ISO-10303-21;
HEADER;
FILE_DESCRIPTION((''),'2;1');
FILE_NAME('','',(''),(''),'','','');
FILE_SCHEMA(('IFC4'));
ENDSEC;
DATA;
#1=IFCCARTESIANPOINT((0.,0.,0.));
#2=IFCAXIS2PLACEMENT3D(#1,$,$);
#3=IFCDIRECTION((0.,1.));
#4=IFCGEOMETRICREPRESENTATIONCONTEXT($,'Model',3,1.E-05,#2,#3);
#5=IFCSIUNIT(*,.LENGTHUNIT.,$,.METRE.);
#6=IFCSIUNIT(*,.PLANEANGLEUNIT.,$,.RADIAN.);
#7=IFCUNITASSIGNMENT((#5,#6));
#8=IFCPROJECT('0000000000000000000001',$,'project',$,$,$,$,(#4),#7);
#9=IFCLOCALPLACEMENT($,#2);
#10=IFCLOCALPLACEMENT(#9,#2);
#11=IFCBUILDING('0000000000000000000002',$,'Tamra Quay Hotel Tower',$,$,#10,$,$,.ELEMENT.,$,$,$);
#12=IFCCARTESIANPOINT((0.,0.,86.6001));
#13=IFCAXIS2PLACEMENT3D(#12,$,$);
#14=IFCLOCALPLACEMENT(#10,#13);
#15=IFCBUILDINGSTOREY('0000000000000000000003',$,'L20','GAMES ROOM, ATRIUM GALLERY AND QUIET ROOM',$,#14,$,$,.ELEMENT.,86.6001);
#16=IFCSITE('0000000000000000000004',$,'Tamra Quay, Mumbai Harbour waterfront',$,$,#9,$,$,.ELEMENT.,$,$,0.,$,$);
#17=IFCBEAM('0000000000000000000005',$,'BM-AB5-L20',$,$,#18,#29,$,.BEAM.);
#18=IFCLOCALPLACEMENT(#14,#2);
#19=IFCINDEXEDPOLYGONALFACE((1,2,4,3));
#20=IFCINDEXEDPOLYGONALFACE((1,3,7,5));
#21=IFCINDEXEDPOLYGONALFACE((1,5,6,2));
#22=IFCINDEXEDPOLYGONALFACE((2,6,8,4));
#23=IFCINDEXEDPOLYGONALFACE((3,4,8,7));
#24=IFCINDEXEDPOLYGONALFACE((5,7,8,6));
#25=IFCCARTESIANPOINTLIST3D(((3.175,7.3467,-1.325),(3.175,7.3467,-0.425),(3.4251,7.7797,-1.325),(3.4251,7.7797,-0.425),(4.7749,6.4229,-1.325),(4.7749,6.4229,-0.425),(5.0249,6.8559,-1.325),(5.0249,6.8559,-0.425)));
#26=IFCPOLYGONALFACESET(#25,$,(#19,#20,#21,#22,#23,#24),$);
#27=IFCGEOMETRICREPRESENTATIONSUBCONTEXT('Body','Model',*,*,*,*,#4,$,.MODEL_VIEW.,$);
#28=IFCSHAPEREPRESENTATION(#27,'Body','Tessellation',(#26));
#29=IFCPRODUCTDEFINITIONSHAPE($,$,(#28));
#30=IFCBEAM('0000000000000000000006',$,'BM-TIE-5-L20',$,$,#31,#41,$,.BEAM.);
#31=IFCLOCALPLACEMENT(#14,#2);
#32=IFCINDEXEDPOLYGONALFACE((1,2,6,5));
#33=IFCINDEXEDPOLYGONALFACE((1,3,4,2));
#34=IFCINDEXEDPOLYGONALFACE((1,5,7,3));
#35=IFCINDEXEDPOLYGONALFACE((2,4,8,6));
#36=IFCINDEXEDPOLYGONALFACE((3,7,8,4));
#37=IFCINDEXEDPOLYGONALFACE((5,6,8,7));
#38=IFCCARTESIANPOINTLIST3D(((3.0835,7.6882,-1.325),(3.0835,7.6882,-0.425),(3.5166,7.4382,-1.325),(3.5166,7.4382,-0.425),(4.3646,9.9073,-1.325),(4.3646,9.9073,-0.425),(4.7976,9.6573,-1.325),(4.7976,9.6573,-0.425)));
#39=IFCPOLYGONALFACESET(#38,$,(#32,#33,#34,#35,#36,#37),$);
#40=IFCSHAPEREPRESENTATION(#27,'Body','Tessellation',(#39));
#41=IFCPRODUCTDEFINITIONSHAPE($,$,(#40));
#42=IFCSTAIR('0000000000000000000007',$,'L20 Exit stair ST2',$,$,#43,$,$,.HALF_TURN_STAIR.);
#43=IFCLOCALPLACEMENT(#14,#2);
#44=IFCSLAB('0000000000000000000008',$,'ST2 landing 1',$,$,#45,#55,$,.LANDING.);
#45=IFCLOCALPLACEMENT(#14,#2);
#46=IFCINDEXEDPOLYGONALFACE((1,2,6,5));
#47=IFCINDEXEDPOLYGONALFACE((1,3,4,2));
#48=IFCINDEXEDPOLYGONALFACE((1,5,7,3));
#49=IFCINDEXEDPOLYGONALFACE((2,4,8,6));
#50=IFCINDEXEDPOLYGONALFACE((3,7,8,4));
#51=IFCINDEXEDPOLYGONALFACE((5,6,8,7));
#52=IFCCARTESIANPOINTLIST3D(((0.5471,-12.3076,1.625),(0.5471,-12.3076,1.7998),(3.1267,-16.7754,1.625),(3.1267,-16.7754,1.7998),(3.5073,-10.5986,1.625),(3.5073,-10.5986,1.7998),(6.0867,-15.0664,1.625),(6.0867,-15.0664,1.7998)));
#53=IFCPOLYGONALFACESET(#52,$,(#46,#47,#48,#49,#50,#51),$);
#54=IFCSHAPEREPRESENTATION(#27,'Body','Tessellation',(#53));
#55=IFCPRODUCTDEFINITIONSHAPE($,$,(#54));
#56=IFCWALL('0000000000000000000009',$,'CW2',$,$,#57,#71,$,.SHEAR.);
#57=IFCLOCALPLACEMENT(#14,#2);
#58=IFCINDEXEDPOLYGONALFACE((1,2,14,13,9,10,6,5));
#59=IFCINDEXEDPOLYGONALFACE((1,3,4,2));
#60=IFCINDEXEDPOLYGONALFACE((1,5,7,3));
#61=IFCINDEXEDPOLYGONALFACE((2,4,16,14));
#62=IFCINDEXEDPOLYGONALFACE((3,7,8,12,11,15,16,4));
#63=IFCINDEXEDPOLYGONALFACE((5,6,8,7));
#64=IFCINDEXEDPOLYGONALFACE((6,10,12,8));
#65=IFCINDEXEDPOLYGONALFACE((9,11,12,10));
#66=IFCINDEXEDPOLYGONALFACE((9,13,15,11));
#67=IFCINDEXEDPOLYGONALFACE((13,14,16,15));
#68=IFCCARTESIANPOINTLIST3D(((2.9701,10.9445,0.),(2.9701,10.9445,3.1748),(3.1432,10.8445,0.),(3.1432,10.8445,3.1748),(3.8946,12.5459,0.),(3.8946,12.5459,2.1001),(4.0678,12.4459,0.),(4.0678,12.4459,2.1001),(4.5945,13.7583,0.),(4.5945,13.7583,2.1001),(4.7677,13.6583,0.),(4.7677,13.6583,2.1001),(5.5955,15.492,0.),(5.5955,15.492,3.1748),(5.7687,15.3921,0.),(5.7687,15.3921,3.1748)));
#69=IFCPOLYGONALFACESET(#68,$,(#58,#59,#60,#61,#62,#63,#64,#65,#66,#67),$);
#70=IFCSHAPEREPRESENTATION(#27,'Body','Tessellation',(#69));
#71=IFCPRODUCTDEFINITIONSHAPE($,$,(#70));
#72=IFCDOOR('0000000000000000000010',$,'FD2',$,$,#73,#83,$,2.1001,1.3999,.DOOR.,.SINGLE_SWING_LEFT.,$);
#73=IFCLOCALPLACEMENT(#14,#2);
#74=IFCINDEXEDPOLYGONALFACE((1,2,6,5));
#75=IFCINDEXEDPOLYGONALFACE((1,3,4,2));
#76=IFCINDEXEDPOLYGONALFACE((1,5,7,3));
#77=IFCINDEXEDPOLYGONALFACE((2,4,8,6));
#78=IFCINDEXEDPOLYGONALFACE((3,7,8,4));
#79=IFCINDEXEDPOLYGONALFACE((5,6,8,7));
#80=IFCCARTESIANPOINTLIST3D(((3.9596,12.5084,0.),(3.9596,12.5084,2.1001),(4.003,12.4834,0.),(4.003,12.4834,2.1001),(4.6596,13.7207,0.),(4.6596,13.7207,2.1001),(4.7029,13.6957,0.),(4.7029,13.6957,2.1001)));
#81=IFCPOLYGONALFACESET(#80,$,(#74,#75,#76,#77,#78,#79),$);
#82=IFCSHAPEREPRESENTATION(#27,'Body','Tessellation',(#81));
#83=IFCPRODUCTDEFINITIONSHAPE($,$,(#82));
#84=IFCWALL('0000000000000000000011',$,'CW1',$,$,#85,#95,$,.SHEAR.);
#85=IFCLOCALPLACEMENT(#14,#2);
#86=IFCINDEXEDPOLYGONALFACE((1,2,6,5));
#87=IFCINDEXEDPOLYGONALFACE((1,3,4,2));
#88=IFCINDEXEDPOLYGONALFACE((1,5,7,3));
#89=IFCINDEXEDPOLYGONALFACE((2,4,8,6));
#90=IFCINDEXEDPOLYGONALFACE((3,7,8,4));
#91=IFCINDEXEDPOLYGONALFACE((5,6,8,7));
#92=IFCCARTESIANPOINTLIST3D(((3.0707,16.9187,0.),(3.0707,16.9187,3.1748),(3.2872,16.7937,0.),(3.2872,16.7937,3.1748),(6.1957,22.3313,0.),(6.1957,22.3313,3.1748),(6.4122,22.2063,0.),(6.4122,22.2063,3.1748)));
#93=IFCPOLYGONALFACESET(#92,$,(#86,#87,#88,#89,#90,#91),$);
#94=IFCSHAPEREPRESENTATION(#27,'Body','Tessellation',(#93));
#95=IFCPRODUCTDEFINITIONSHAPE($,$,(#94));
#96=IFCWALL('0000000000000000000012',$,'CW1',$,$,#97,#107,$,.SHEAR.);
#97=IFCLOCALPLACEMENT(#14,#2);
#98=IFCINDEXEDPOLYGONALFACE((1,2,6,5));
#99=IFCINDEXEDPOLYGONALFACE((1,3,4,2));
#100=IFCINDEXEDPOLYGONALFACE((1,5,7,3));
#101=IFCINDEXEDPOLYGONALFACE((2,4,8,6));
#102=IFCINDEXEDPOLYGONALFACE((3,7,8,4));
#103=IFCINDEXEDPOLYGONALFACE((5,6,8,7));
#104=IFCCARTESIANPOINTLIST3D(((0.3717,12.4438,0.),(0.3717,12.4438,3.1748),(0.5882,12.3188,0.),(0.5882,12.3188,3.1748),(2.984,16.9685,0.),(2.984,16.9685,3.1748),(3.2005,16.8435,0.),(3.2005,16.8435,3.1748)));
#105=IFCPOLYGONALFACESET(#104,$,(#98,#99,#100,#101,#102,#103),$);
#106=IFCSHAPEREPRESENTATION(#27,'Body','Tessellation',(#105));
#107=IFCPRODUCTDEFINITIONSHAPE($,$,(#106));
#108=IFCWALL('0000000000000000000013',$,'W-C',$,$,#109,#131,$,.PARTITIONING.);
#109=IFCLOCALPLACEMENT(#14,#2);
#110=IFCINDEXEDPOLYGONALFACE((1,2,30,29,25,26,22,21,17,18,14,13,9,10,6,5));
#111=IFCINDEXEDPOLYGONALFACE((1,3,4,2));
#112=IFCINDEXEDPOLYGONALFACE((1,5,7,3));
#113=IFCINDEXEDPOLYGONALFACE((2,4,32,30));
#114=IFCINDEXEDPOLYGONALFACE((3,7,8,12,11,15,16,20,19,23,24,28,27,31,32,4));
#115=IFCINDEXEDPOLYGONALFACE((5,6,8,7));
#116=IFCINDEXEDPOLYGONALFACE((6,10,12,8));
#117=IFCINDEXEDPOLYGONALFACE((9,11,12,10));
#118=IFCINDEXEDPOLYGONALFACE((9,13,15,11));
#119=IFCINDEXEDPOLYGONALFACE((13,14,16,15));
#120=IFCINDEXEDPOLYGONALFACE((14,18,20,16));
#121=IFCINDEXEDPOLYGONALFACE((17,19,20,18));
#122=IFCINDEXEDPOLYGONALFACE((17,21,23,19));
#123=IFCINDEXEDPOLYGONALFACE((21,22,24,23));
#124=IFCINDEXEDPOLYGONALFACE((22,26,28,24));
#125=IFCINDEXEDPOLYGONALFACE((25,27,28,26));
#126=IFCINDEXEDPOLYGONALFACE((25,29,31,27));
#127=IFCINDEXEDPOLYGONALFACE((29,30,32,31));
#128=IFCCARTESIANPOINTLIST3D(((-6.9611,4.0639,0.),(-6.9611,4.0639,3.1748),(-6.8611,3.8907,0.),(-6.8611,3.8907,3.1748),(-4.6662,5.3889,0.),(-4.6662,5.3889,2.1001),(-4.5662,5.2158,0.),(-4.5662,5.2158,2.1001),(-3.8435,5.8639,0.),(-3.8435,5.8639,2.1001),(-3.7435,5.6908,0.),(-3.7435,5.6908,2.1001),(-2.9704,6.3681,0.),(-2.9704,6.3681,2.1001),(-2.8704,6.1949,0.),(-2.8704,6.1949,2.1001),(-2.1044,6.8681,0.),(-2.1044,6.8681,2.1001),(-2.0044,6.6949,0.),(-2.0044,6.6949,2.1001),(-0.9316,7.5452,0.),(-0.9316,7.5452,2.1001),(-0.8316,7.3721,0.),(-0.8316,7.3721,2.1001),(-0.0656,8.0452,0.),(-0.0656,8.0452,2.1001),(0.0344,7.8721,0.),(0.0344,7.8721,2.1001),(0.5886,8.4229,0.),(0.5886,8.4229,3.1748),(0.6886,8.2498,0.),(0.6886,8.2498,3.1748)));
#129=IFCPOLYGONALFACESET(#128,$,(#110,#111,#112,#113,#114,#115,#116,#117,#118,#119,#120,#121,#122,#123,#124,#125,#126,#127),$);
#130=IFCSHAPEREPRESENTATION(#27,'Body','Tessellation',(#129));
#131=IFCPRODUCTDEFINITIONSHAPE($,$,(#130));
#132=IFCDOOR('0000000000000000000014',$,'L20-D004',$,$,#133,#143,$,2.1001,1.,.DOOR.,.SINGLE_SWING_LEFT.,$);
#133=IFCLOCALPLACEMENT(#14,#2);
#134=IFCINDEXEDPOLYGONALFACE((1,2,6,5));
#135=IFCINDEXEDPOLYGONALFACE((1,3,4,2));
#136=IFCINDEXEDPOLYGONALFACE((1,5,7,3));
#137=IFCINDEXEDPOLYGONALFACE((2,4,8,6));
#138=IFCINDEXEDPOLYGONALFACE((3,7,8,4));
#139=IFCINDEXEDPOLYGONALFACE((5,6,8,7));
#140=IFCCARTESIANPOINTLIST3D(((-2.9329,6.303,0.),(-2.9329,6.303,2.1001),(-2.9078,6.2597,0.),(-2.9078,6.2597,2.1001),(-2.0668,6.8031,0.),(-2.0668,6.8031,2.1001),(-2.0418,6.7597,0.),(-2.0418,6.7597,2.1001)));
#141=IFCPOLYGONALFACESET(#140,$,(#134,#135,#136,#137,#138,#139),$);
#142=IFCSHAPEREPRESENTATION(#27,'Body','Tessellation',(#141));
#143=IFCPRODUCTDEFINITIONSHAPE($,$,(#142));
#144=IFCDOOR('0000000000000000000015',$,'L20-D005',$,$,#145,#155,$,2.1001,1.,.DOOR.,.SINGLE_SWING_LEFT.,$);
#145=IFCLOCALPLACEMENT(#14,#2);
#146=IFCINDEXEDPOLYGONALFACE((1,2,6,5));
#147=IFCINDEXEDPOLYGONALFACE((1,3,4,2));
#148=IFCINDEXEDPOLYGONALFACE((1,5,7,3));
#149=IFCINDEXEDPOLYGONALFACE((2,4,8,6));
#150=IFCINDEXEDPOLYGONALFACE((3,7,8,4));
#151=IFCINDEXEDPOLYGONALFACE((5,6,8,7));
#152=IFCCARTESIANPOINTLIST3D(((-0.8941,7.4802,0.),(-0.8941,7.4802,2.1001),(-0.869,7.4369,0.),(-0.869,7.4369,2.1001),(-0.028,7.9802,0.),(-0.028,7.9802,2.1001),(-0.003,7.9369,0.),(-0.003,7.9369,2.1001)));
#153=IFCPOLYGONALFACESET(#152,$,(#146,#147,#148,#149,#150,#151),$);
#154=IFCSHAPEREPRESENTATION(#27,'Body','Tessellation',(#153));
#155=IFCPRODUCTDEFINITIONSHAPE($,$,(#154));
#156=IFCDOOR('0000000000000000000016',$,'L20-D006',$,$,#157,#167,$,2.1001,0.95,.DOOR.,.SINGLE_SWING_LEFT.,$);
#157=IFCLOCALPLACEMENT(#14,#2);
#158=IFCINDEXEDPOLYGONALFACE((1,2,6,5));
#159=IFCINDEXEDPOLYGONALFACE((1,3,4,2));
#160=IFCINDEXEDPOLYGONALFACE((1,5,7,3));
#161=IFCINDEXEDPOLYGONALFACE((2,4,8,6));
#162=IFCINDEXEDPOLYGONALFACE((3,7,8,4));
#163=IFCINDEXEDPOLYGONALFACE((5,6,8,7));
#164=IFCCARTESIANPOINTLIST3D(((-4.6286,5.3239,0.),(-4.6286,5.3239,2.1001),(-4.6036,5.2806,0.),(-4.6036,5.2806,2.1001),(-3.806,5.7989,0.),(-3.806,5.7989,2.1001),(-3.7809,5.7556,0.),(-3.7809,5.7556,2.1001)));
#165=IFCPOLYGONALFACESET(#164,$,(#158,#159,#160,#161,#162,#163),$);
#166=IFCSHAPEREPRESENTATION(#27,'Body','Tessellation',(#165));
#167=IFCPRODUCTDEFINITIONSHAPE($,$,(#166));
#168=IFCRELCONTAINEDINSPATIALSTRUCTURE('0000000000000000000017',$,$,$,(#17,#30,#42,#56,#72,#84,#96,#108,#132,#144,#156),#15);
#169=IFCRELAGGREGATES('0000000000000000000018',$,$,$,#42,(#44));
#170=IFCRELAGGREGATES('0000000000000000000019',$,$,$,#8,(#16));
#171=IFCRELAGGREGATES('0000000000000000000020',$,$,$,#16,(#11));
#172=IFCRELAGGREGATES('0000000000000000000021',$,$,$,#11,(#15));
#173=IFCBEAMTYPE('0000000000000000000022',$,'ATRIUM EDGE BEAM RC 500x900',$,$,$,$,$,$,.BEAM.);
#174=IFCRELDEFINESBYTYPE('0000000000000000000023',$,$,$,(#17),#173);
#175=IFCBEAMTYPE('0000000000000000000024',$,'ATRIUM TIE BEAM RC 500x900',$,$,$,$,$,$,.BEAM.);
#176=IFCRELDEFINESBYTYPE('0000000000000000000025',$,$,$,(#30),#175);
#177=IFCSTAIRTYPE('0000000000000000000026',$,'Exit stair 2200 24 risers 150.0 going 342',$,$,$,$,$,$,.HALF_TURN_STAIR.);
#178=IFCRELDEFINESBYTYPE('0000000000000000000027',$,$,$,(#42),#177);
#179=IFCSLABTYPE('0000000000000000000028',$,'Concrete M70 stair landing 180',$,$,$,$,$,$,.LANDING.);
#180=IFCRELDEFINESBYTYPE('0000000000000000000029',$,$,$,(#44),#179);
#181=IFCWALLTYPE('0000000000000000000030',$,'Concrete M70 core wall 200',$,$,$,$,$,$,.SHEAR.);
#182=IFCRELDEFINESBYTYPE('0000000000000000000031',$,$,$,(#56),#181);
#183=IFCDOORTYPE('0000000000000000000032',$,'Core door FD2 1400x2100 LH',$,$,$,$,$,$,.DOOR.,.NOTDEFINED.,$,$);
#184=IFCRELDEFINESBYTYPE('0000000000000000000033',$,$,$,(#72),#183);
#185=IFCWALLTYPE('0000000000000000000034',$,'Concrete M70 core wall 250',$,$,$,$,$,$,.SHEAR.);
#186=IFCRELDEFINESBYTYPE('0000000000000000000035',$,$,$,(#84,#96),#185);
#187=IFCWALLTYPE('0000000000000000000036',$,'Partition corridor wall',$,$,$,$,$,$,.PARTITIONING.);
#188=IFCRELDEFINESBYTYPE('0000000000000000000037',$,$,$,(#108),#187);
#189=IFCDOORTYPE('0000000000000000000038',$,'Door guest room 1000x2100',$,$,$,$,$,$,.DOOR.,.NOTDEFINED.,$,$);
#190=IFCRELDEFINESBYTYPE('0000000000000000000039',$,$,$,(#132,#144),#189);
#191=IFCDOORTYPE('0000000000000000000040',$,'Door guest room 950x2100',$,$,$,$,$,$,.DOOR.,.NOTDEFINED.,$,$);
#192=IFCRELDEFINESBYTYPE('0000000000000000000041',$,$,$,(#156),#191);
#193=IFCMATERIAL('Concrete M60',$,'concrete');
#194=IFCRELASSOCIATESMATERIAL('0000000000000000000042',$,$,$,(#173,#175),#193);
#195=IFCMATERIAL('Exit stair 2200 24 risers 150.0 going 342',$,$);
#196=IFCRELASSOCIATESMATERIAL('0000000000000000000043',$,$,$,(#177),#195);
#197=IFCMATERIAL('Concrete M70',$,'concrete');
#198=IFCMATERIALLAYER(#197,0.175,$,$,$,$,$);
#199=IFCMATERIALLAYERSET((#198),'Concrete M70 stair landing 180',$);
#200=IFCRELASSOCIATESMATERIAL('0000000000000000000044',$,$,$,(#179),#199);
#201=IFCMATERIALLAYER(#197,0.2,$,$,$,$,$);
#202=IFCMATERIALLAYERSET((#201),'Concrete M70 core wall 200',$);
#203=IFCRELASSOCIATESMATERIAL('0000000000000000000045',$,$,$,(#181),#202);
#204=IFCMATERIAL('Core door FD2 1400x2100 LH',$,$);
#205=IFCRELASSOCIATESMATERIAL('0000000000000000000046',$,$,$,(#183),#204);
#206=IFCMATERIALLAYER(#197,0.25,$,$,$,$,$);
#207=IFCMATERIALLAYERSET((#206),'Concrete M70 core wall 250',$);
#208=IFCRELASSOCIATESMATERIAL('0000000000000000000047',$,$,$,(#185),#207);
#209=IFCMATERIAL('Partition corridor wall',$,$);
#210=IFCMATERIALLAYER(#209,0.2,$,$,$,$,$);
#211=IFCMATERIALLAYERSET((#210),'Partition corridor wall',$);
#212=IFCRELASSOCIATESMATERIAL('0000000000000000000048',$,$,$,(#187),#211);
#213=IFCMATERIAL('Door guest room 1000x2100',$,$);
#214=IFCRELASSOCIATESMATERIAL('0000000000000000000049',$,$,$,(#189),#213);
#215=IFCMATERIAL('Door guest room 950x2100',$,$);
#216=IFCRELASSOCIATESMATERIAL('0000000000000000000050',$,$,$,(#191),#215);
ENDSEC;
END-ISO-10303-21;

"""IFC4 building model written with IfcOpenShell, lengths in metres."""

from ifc_helpers import new_model, si_unit, direction, frame, frame_2d, origin, origin_2d, place, context, subcontext, project, spatial, polyline, rectangle, outline, extrude, material, layer, layer_set, material_profile, profile_set, type_object, element, fill, aggregate, save


model = new_model("IFC4")

# Units and contexts
model_context = context("Model", 3, precision=1e-05, world=origin(), true_north=direction((0.0, 1.0)))
body_context = subcontext(model_context, "Body", "Model", "MODEL_VIEW")
ifc_project = project(units=[si_unit("LENGTHUNIT", "METRE"), si_unit("PLANEANGLEUNIT", "RADIAN")], contexts=[model_context])

# Site, building, storey
site_placement = place(None, origin())
site = spatial("IfcSite", under=ifc_project, at=site_placement, Name="Tamra Quay, Mumbai Harbour waterfront", CompositionType="ELEMENT", RefElevation=0.0)
building_placement = place(site_placement, origin())
building = spatial("IfcBuilding", under=site, at=building_placement, Name="Tamra Quay Hotel Tower", CompositionType="ELEMENT")
storey_placement = place(building_placement, frame((0.0, 0.0, 86.6001)))
storey = spatial("IfcBuildingStorey", under=building, at=storey_placement, Name="L20", Description="GAMES ROOM, ATRIUM GALLERY AND QUIET ROOM", CompositionType="ELEMENT", Elevation=86.6001)

# Beams
ifc_material_1 = material(Name="Concrete M60", Category="concrete")
ifc_material_profile_1 = material_profile(ifc_material_1, rectangle(XDim=0.5, YDim=0.8999, at=origin_2d()), Name="ATRIUM EDGE BEAM RC 500x900")
ifc_profile_set_1 = profile_set([ifc_material_profile_1], Name="Concrete M60")
beam_type_1 = type_object("IfcBeamType", Name="ATRIUM EDGE BEAM RC 500x900", PredefinedType="BEAM", material=ifc_profile_set_1)
beam_1_placement = place(storey_placement, frame((3.3, 7.5632, -0.875), z_axis=(0.86599, -0.500062, 0.0), x_axis=(0.500062, 0.86599, 0.0)))
element("IfcBeam", 1, at=beam_1_placement, inside=storey, type_object=beam_type_1, Name="BM-AB5-L20", PredefinedType="BEAM", context=body_context, shape_type="SweptSolid", body=[
    extrude(rectangle(XDim=0.5, YDim=0.8999, at=origin_2d()), origin(), (0.0, 0.0, 1.0), 1.8474),
])
ifc_material_profile_2 = material_profile(ifc_material_1, rectangle(XDim=0.5, YDim=0.8999, at=origin_2d()), Name="ATRIUM TIE BEAM RC 500x900")
ifc_profile_set_2 = profile_set([ifc_material_profile_2], Name="Concrete M60")
beam_type_2 = type_object("IfcBeamType", Name="ATRIUM TIE BEAM RC 500x900", PredefinedType="BEAM", material=ifc_profile_set_2)
beam_2_placement = place(storey_placement, frame((3.3, 7.5632, -0.875), z_axis=(0.499962, 0.866048, 0.0), x_axis=(-0.866048, 0.499962, 0.0)))
element("IfcBeam", 2, at=beam_2_placement, inside=storey, type_object=beam_type_2, Name="BM-TIE-5-L20", PredefinedType="BEAM", context=body_context, shape_type="SweptSolid", body=[
    extrude(rectangle(XDim=0.5, YDim=0.8999, at=origin_2d()), origin(), (0.0, 0.0, 1.0), 2.5623),
])

# Stair, slab
ifc_material_2 = material(Name="Exit stair 2200 24 risers 150.0 going 342")
stair_type = type_object("IfcStairType", Name="Exit stair 2200 24 risers 150.0 going 342", PredefinedType="HALF_TURN_STAIR", material=ifc_material_2)
stair_placement = place(storey_placement, origin())
stair = element("IfcStair", 3, at=stair_placement, inside=storey, type_object=stair_type, Name="L20 Exit stair ST2", PredefinedType="HALF_TURN_STAIR")
ifc_material_3 = material(Name="Concrete M70", Category="concrete")
ifc_layer_1 = layer(ifc_material_3, 0.175)
ifc_layer_set_1 = layer_set([ifc_layer_1], Name="Concrete M70 stair landing 180")
slab_type = type_object("IfcSlabType", Name="Concrete M70 stair landing 180", PredefinedType="LANDING", material=ifc_layer_set_1)
slab_placement = place(storey_placement, frame((0.0, 0.0, 1.625)))
slab = element("IfcSlab", 4, at=slab_placement, type_object=slab_type, Name="ST2 landing 1", PredefinedType="LANDING", context=body_context, shape_type="SweptSolid", body=[
    extrude(outline(polyline([(3.5073, -10.5986), (0.5471, -12.3076), (3.1267, -16.7754), (6.0867, -15.0664), (3.5073, -10.5986)])), origin(), (0.0, 0.0, 1.0), 0.1748),
])
aggregate(stair, [slab])

# Wall, opening, door
ifc_layer_2 = layer(ifc_material_3, 0.2)
ifc_layer_set_2 = layer_set([ifc_layer_2], Name="Concrete M70 core wall 200")
wall_type_1 = type_object("IfcWallType", Name="Concrete M70 core wall 200", PredefinedType="SHEAR", material=ifc_layer_set_2)
wall_1_placement = place(storey_placement, frame((3.0566, 10.8945, 0.0), z_axis=(0.0, 0.0, 1.0), x_axis=(0.499989, 0.866032, 0.0)))
wall_1 = element("IfcWall", 5, at=wall_1_placement, inside=storey, type_object=wall_type_1, Name="CW2", PredefinedType="SHEAR", context=body_context, shape_type="SweptSolid", body=[
    extrude(rectangle(XDim=5.251, YDim=0.2, at=frame_2d((2.6255, 0.0))), origin(), (0.0, 0.0, 1.0), 3.1748),
])
opening_1_placement = place(wall_1_placement, frame((1.8491, 0.0, 0.0)))
opening_1 = element("IfcOpeningElement", 6, at=opening_1_placement, cuts=wall_1, PredefinedType="OPENING", context=body_context, shape_type="SweptSolid", body=[
    extrude(rectangle(XDim=1.3999, YDim=2.1001, at=frame_2d((0.7, 1.05))), frame((0.0, 0.1099, 0.0), z_axis=(0.0, -1.0, 0.0), x_axis=(1.0, 0.0, 0.0)), (0.0, 0.0, 1.0), 0.22),
])
ifc_material_4 = material(Name="Core door FD2 1400x2100 LH")
door_type_1 = type_object("IfcDoorType", Name="Core door FD2 1400x2100 LH", OperationType="NOTDEFINED", PredefinedType="DOOR", material=ifc_material_4)
door_1_placement = place(opening_1_placement, origin())
door_1 = element("IfcDoor", 7, at=door_1_placement, inside=storey, type_object=door_type_1, Name="FD2", OperationType="SINGLE_SWING_LEFT", OverallHeight=2.1001, OverallWidth=1.3999, PredefinedType="DOOR", context=body_context, shape_type="SweptSolid", body=[
    extrude(rectangle(XDim=1.3999, YDim=2.1001, at=frame_2d((0.7, 1.05))), frame((0.0, 0.0249, 0.0), z_axis=(0.0, -1.0, 0.0), x_axis=(1.0, 0.0, 0.0)), (0.0, 0.0, 1.0), 0.05),
])
fill(opening_1, door_1)

# Walls
ifc_layer_3 = layer(ifc_material_3, 0.25)
ifc_layer_set_3 = layer_set([ifc_layer_3], Name="Concrete M70 core wall 250")
wall_type_2 = type_object("IfcWallType", Name="Concrete M70 core wall 250", PredefinedType="SHEAR", material=ifc_layer_set_3)
wall_2_placement = place(storey_placement, frame((3.179, 16.8562, 0.0), z_axis=(0.0, 0.0, 1.0), x_axis=(0.500004, 0.866023, 0.0)))
element("IfcWall", 8, at=wall_2_placement, inside=storey, type_object=wall_type_2, Name="CW1", PredefinedType="SHEAR", context=body_context, shape_type="SweptSolid", body=[
    extrude(rectangle(XDim=6.25, YDim=0.25, at=frame_2d((3.125, 0.0))), origin(), (0.0, 0.0, 1.0), 3.1748),
])
wall_3_placement = place(storey_placement, frame((0.48, 12.3813, 0.0), z_axis=(0.0, 0.0, 1.0), x_axis=(0.499999, 0.866026, 0.0)))
element("IfcWall", 9, at=wall_3_placement, inside=storey, type_object=wall_type_2, Name="CW1", PredefinedType="SHEAR", context=body_context, shape_type="SweptSolid", body=[
    extrude(rectangle(XDim=5.2246, YDim=0.25, at=frame_2d((2.6123, 0.0))), origin(), (0.0, 0.0, 1.0), 3.1748),
])

# Wall, openings, doors
ifc_material_5 = material(Name="Partition corridor wall")
ifc_layer_4 = layer(ifc_material_5, 0.2)
ifc_layer_set_4 = layer_set([ifc_layer_4], Name="Partition corridor wall")
wall_type_3 = type_object("IfcWallType", Name="Partition corridor wall", PredefinedType="PARTITIONING", material=ifc_layer_set_4)
wall_4_placement = place(storey_placement, frame((-6.9111, 3.9773, 0.0), z_axis=(0.0, 0.0, 1.0), x_axis=(0.866013, 0.500021, 0.0)))
wall_4 = element("IfcWall", 10, at=wall_4_placement, inside=storey, type_object=wall_type_3, Name="W-C", PredefinedType="PARTITIONING", context=body_context, shape_type="SweptSolid", body=[
    extrude(rectangle(XDim=8.7178, YDim=0.2, at=frame_2d((4.3589, 0.0))), origin(), (0.0, 0.0, 1.0), 3.1748),
])
opening_2_placement = place(wall_4_placement, frame((4.6082, 0.0, 0.0)))
opening_2 = element("IfcOpeningElement", 11, at=opening_2_placement, cuts=wall_4, PredefinedType="OPENING", context=body_context, shape_type="SweptSolid", body=[
    extrude(rectangle(XDim=1.0, YDim=2.1001, at=frame_2d((0.5, 1.05))), frame((0.0, 0.1099, 0.0), z_axis=(0.0, -1.0, 0.0), x_axis=(1.0, 0.0, 0.0)), (0.0, 0.0, 1.0), 0.22),
])
opening_3_placement = place(wall_4_placement, frame((6.9624, 0.0, 0.0)))
opening_3 = element("IfcOpeningElement", 12, at=opening_3_placement, cuts=wall_4, PredefinedType="OPENING", context=body_context, shape_type="SweptSolid", body=[
    extrude(rectangle(XDim=1.0, YDim=2.1001, at=frame_2d((0.5, 1.05))), frame((0.0, 0.1099, 0.0), z_axis=(0.0, -1.0, 0.0), x_axis=(1.0, 0.0, 0.0)), (0.0, 0.0, 1.0), 0.22),
])
opening_4_placement = place(wall_4_placement, frame((2.6499, 0.0, 0.0)))
opening_4 = element("IfcOpeningElement", 13, at=opening_4_placement, cuts=wall_4, PredefinedType="OPENING", context=body_context, shape_type="SweptSolid", body=[
    extrude(rectangle(XDim=0.95, YDim=2.1001, at=frame_2d((0.4751, 1.05))), frame((0.0, 0.1099, 0.0), z_axis=(0.0, -1.0, 0.0), x_axis=(1.0, 0.0, 0.0)), (0.0, 0.0, 1.0), 0.22),
])
ifc_material_6 = material(Name="Door guest room 1000x2100")
door_type_2 = type_object("IfcDoorType", Name="Door guest room 1000x2100", OperationType="NOTDEFINED", PredefinedType="DOOR", material=ifc_material_6)
door_2_placement = place(opening_2_placement, origin())
door_2 = element("IfcDoor", 14, at=door_2_placement, inside=storey, type_object=door_type_2, Name="L20-D004", OperationType="SINGLE_SWING_LEFT", OverallHeight=2.1001, OverallWidth=1.0, PredefinedType="DOOR", context=body_context, shape_type="SweptSolid", body=[
    extrude(rectangle(XDim=1.0, YDim=2.1001, at=frame_2d((0.5, 1.05))), frame((0.0, 0.0249, 0.0), z_axis=(0.0, -1.0, 0.0), x_axis=(1.0, 0.0, 0.0)), (0.0, 0.0, 1.0), 0.05),
])
fill(opening_2, door_2)
door_3_placement = place(opening_3_placement, origin())
door_3 = element("IfcDoor", 15, at=door_3_placement, inside=storey, type_object=door_type_2, Name="L20-D005", OperationType="SINGLE_SWING_LEFT", OverallHeight=2.1001, OverallWidth=1.0, PredefinedType="DOOR", context=body_context, shape_type="SweptSolid", body=[
    extrude(rectangle(XDim=1.0, YDim=2.1001, at=frame_2d((0.5, 1.05))), frame((0.0, 0.0249, 0.0), z_axis=(0.0, -1.0, 0.0), x_axis=(1.0, 0.0, 0.0)), (0.0, 0.0, 1.0), 0.05),
])
fill(opening_3, door_3)
ifc_material_7 = material(Name="Door guest room 950x2100")
door_type_3 = type_object("IfcDoorType", Name="Door guest room 950x2100", OperationType="NOTDEFINED", PredefinedType="DOOR", material=ifc_material_7)
door_4_placement = place(opening_4_placement, origin())
door_4 = element("IfcDoor", 16, at=door_4_placement, inside=storey, type_object=door_type_3, Name="L20-D006", OperationType="SINGLE_SWING_LEFT", OverallHeight=2.1001, OverallWidth=0.95, PredefinedType="DOOR", context=body_context, shape_type="SweptSolid", body=[
    extrude(rectangle(XDim=0.95, YDim=2.1001, at=frame_2d((0.4751, 1.05))), frame((0.0, 0.0249, 0.0), z_axis=(0.0, -1.0, 0.0), x_axis=(1.0, 0.0, 0.0)), (0.0, 0.0, 1.0), 0.05),
])
fill(opening_4, door_4)

save(model, "model.ifc")
